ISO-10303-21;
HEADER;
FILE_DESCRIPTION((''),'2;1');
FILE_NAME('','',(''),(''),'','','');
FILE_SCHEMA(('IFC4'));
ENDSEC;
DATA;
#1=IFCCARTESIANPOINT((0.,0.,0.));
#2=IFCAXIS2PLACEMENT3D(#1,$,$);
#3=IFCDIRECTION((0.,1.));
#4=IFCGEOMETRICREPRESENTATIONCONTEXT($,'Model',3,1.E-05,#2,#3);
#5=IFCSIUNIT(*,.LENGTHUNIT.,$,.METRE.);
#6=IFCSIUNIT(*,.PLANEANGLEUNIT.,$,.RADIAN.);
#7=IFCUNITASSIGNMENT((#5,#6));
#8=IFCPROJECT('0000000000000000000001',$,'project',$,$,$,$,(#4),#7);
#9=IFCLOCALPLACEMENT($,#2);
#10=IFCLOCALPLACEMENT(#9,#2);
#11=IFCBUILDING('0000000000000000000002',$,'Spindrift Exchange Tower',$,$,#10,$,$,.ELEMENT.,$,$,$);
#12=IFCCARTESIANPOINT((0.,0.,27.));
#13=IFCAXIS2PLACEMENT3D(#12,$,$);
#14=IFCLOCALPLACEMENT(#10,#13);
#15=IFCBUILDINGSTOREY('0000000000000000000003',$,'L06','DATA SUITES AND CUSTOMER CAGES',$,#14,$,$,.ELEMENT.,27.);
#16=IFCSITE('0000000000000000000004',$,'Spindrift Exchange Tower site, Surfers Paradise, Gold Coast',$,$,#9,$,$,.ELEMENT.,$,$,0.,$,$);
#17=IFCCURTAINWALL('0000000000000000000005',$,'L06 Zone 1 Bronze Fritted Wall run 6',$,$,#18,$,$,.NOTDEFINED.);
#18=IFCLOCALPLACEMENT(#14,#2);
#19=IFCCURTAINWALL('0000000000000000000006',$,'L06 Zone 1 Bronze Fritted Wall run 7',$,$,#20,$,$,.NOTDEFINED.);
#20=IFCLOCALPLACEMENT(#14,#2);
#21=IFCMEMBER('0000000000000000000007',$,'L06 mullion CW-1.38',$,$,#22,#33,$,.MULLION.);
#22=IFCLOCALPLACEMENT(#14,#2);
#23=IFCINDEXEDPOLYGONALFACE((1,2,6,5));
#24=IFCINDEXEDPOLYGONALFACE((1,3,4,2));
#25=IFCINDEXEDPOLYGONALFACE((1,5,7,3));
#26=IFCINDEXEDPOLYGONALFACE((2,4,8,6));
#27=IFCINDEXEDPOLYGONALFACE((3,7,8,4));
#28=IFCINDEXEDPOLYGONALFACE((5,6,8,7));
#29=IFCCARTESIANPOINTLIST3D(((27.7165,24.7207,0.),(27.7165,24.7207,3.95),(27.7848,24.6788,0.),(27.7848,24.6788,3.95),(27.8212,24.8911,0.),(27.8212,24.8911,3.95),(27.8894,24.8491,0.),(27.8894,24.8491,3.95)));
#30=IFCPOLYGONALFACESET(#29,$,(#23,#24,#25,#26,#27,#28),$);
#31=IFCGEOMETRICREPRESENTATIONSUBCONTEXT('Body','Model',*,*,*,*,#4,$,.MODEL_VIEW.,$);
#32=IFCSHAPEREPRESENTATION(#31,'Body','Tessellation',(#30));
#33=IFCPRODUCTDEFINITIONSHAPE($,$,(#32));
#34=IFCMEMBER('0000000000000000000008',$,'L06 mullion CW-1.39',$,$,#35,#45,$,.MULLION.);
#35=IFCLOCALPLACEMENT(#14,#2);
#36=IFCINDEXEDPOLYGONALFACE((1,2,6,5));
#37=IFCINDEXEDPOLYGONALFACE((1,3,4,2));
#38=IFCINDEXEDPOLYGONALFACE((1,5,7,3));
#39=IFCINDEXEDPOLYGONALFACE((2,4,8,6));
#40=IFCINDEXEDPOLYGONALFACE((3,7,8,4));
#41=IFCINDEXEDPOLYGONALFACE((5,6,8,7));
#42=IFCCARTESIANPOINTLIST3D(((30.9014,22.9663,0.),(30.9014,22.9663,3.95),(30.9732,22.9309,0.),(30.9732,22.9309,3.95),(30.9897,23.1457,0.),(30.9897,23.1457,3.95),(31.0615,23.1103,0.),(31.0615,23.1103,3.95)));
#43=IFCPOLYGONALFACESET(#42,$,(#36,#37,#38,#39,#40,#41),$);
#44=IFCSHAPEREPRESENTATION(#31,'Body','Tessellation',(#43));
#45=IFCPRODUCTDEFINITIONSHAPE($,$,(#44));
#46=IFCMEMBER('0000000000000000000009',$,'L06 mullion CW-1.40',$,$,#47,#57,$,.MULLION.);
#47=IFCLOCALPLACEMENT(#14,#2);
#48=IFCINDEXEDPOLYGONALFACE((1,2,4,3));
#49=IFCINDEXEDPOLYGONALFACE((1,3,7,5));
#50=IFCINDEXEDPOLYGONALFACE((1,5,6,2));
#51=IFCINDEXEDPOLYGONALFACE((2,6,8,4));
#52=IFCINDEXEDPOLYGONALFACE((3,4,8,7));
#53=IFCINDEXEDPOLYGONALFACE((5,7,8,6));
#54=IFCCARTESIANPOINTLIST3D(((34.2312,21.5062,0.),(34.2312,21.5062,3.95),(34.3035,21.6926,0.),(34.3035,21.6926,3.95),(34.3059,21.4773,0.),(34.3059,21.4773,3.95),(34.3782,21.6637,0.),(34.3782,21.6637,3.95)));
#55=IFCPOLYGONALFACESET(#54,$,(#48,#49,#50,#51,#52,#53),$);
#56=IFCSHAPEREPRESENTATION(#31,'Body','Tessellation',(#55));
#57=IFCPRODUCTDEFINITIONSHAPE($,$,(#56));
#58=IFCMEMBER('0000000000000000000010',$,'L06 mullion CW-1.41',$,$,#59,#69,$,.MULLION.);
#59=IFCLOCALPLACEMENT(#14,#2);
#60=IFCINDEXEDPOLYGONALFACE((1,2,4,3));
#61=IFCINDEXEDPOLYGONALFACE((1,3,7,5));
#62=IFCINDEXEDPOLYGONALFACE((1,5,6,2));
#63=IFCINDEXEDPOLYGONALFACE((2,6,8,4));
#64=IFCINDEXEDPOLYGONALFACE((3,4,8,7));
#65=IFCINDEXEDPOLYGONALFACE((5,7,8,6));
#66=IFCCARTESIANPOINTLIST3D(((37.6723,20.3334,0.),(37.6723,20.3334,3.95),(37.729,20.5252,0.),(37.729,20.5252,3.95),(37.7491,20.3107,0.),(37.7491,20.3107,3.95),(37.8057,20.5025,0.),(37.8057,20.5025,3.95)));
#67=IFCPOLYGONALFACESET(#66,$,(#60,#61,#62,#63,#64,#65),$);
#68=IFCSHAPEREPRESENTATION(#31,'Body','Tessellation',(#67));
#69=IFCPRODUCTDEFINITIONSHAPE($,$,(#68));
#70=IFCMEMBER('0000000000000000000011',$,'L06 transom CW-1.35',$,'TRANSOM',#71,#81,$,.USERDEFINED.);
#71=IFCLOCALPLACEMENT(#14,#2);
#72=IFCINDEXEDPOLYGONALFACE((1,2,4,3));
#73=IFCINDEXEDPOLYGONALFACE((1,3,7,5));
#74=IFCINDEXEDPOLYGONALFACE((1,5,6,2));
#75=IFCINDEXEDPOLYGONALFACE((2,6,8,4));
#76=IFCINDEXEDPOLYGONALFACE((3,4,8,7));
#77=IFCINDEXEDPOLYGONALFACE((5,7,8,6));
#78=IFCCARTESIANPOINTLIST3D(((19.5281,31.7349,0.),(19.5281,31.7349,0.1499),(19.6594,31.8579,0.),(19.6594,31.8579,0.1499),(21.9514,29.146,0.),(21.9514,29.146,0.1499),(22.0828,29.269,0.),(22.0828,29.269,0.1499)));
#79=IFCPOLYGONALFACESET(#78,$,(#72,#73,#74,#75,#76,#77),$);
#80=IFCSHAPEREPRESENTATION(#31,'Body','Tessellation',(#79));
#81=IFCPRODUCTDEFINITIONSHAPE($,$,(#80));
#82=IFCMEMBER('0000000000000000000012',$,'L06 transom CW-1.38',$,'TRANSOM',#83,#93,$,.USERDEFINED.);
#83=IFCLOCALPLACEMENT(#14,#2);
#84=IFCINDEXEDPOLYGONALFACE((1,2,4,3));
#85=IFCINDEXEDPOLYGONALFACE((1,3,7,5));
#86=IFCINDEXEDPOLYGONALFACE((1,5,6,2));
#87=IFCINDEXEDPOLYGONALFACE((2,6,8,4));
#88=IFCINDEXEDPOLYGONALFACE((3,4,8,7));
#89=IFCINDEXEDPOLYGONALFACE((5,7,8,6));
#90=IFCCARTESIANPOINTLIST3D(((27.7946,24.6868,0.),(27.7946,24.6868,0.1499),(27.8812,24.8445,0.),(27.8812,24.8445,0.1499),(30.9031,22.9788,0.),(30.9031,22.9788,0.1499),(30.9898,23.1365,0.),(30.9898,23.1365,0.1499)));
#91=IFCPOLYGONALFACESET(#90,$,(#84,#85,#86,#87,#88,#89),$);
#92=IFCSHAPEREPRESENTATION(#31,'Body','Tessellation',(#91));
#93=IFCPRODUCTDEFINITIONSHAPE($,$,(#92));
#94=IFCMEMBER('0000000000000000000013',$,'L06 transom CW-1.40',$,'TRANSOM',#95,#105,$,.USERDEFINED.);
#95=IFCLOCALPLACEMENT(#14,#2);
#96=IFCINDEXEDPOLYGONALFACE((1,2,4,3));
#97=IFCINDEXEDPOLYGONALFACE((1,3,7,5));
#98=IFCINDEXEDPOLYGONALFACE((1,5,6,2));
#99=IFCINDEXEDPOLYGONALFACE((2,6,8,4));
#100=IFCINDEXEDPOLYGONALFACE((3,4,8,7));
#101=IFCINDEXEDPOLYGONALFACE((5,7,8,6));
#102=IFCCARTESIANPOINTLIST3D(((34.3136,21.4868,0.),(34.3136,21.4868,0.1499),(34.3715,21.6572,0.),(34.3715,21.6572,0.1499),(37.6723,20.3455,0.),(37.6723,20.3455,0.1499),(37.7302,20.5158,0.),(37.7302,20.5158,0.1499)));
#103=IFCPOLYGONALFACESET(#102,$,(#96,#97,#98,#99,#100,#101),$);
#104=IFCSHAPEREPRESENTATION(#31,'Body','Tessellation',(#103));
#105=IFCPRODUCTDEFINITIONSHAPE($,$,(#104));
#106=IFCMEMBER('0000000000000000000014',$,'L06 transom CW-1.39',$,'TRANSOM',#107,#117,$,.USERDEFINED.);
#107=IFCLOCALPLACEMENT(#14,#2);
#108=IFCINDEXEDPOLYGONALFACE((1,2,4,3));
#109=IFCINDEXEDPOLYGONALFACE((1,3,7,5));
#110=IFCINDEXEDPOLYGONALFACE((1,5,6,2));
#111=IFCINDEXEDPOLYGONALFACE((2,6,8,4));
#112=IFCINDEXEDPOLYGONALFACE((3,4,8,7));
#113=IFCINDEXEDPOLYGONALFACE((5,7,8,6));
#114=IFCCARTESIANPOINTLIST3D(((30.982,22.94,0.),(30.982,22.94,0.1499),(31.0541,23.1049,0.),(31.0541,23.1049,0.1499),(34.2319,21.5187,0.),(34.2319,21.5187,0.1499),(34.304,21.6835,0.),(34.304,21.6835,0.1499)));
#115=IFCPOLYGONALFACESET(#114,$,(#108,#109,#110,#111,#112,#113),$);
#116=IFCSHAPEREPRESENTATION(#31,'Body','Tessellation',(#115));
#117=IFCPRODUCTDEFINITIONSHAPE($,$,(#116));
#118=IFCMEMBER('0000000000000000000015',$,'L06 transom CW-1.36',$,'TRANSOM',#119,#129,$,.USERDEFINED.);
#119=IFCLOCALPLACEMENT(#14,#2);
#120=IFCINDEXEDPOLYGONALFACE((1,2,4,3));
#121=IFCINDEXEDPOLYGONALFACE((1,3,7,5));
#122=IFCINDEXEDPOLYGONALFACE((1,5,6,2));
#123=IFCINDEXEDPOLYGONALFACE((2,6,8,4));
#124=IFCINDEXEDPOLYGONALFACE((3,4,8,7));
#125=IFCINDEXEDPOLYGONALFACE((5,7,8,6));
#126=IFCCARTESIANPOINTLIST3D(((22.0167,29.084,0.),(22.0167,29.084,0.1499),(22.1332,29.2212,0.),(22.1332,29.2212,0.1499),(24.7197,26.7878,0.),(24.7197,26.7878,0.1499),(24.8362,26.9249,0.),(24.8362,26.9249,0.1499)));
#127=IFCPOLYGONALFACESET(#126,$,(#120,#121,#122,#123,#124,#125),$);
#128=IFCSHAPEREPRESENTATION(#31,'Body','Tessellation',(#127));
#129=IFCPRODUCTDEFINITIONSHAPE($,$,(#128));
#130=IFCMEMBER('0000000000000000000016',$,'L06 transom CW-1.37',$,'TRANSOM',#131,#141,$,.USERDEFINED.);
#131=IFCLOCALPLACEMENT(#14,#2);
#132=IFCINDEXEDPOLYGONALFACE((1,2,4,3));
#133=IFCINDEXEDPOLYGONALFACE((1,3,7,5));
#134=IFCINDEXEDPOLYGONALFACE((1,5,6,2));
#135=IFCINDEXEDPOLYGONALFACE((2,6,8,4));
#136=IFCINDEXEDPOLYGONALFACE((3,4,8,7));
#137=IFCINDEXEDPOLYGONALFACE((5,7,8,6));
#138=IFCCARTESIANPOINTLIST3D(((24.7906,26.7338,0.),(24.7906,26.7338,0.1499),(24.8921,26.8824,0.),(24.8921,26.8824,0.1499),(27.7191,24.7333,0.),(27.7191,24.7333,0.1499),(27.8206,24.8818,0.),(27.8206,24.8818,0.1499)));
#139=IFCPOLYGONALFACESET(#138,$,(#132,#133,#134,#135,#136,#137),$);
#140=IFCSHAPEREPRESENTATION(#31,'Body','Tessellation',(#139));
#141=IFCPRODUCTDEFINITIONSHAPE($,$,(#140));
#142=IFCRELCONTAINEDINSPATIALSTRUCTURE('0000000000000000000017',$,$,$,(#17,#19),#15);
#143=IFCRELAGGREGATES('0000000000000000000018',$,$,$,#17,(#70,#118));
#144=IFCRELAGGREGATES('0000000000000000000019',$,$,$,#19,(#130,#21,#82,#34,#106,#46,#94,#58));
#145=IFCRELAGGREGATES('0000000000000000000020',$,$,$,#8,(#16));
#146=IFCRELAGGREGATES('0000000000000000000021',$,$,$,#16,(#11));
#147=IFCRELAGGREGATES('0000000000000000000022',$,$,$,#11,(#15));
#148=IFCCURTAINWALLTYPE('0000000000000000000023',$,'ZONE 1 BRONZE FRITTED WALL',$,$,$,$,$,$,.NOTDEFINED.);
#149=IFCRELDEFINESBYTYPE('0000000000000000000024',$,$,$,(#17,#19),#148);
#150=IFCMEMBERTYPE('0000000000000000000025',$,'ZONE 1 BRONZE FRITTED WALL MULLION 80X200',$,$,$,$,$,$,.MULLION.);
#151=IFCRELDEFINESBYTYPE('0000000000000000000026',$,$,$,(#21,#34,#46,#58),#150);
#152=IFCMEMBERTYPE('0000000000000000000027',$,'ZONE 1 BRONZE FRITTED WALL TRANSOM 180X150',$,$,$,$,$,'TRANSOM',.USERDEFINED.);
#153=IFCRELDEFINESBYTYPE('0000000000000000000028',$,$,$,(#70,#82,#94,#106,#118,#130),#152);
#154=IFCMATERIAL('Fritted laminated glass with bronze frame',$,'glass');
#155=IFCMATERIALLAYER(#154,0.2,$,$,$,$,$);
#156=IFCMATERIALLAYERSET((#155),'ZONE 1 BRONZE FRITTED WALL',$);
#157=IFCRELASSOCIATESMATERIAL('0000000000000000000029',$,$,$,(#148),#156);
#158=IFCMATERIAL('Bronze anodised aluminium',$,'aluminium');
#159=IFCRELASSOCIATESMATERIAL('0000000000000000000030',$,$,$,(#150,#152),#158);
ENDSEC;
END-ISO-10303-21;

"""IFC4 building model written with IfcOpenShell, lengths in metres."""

from ifc_helpers import new_model, si_unit, direction, frame, origin, origin_2d, place, context, subcontext, project, spatial, rectangle, extrude, source, transform, mapped, material, layer, layer_set, material_profile, profile_set, type_object, element, aggregate, save


model = new_model("IFC4")

# Units and contexts
model_context = context("Model", 3, precision=1e-05, world=origin(), true_north=direction((0.0, 1.0)))
body_context = subcontext(model_context, "Body", "Model", "MODEL_VIEW")
ifc_project = project(units=[si_unit("LENGTHUNIT", "METRE"), si_unit("PLANEANGLEUNIT", "RADIAN")], contexts=[model_context])

# Site, building, storey
site_placement = place(None, origin())
site = spatial("IfcSite", under=ifc_project, at=site_placement, Name="Spindrift Exchange Tower site, Surfers Paradise, Gold Coast", CompositionType="ELEMENT", RefElevation=0.0)
building_placement = place(site_placement, origin())
building = spatial("IfcBuilding", under=site, at=building_placement, Name="Spindrift Exchange Tower", CompositionType="ELEMENT")
storey_placement = place(building_placement, frame((0.0, 0.0, 27.0)))
storey = spatial("IfcBuildingStorey", under=building, at=storey_placement, Name="L06", Description="DATA SUITES AND CUSTOMER CAGES", CompositionType="ELEMENT", Elevation=27.0)

# Curtain walls, members
ifc_material_1 = material(Name="Fritted laminated glass with bronze frame", Category="glass")
ifc_layer_1 = layer(ifc_material_1, 0.2)
ifc_layer_set_1 = layer_set([ifc_layer_1], Name="ZONE 1 BRONZE FRITTED WALL")
curtain_wall_type = type_object("IfcCurtainWallType", Name="ZONE 1 BRONZE FRITTED WALL", PredefinedType="NOTDEFINED", material=ifc_layer_set_1)
curtain_wall_1_placement = place(storey_placement, origin())
curtain_wall_1 = element("IfcCurtainWall", 1, at=curtain_wall_1_placement, inside=storey, type_object=curtain_wall_type, Name="L06 Zone 1 Bronze Fritted Wall run 6", PredefinedType="NOTDEFINED")
ifc_material_2 = material(Name="Bronze anodised aluminium", Category="aluminium")
ifc_material_profile_1 = material_profile(ifc_material_2, rectangle(XDim=0.0801, YDim=0.2, at=origin_2d()), Name="ZONE 1 BRONZE FRITTED WALL MULLION 80X200")
ifc_profile_set_1 = profile_set([ifc_material_profile_1], Name="Bronze anodised aluminium")
member_type_1 = type_object("IfcMemberType", Name="ZONE 1 BRONZE FRITTED WALL MULLION 80X200", PredefinedType="MULLION", material=ifc_profile_set_1)
shared_shape_1 = source(origin(), body_context, "Body", "SweptSolid", [
    extrude(rectangle(XDim=0.0801, YDim=0.2, at=origin_2d()), origin(), (0.0, 0.0, 1.0), 3.95),
])
curtain_wall_2_placement = place(storey_placement, origin())
curtain_wall_2 = element("IfcCurtainWall", 2, at=curtain_wall_2_placement, inside=storey, type_object=curtain_wall_type, Name="L06 Zone 1 Bronze Fritted Wall run 7", PredefinedType="NOTDEFINED")
member_1_placement = place(storey_placement, frame((27.803, 24.7849, 0.0), z_axis=(0.0, 0.0, 1.0), x_axis=(0.852073, -0.523422, 0.0)))
member_1 = element("IfcMember", 3, at=member_1_placement, type_object=member_type_1, Name="L06 mullion CW-1.38", PredefinedType="MULLION", context=body_context, shape_type="MappedRepresentation", body=[
    mapped(shared_shape_1, transform((0.0, 0.0, 0.0), scale=1.0)),
])
member_2_placement = place(storey_placement, frame((30.9814, 23.0383, 0.0), z_axis=(0.0, 0.0, 1.0), x_axis=(0.897216, -0.441592, 0.0)))
member_2 = element("IfcMember", 4, at=member_2_placement, type_object=member_type_1, Name="L06 mullion CW-1.39", PredefinedType="MULLION", context=body_context, shape_type="MappedRepresentation", body=[
    mapped(shared_shape_1, transform((0.0, 0.0, 0.0), scale=1.0)),
])
member_3_placement = place(storey_placement, frame((34.3047, 21.585, 0.0), z_axis=(0.0, 0.0, 1.0), x_axis=(0.932349, -0.361559, 0.0)))
member_3 = element("IfcMember", 5, at=member_3_placement, type_object=member_type_1, Name="L06 mullion CW-1.40", PredefinedType="MULLION", context=body_context, shape_type="MappedRepresentation", body=[
    mapped(shared_shape_1, transform((0.0, 0.0, 0.0), scale=1.0)),
])
member_4_placement = place(storey_placement, frame((37.739, 20.418, 0.0), z_axis=(0.0, 0.0, 1.0), x_axis=(0.958992, -0.283432, 0.0)))
member_4 = element("IfcMember", 6, at=member_4_placement, type_object=member_type_1, Name="L06 mullion CW-1.41", PredefinedType="MULLION", context=body_context, shape_type="MappedRepresentation", body=[
    mapped(shared_shape_1, transform((0.0, 0.0, 0.0), scale=1.0)),
])

# Members
ifc_material_profile_2 = material_profile(ifc_material_2, rectangle(XDim=0.1799, YDim=0.1499, at=origin_2d()), Name="ZONE 1 BRONZE FRITTED WALL TRANSOM 180X150")
ifc_profile_set_2 = profile_set([ifc_material_profile_2], Name="Bronze anodised aluminium")
member_type_2 = type_object("IfcMemberType", Name="ZONE 1 BRONZE FRITTED WALL TRANSOM 180X150", ElementType="TRANSOM", PredefinedType="USERDEFINED", material=ifc_profile_set_2)
shared_shape_2 = source(origin(), body_context, "Body", "SweptSolid", [
    extrude(rectangle(XDim=0.1799, YDim=0.1499, at=origin_2d()), origin(), (0.0, 0.0, 1.0), 3.5461),
])
member_5_placement = place(storey_placement, frame((19.5938, 31.7964, 0.075), z_axis=(0.683382, -0.730061, 0.0), x_axis=(0.730061, 0.683382, 0.0)))
member_5 = element("IfcMember", 7, at=member_5_placement, type_object=member_type_2, Name="L06 transom CW-1.35", ObjectType="TRANSOM", PredefinedType="USERDEFINED", context=body_context, shape_type="MappedRepresentation", body=[
    mapped(shared_shape_2, transform((0.0, 0.0, 0.0), scale=1.0)),
])
shared_shape_3 = source(origin(), body_context, "Body", "SweptSolid", [
    extrude(rectangle(XDim=0.1799, YDim=0.1499, at=origin_2d()), origin(), (0.0, 0.0, 1.0), 3.5469),
])
member_6_placement = place(storey_placement, frame((27.8379, 24.7656, 0.075), z_axis=(0.876424, -0.481541, 0.0), x_axis=(0.481541, 0.876424, 0.0)))
member_6 = element("IfcMember", 8, at=member_6_placement, type_object=member_type_2, Name="L06 transom CW-1.38", ObjectType="TRANSOM", PredefinedType="USERDEFINED", context=body_context, shape_type="MappedRepresentation", body=[
    mapped(shared_shape_3, transform((0.0, 0.0, 0.0), scale=1.0)),
])
shared_shape_4 = source(origin(), body_context, "Body", "SweptSolid", [
    extrude(rectangle(XDim=0.1799, YDim=0.1499, at=origin_2d()), origin(), (0.0, 0.0, 1.0), 3.5474),
])
member_7_placement = place(storey_placement, frame((34.3425, 21.572, 0.075), z_axis=(0.946823, -0.321756, 0.0), x_axis=(0.321756, 0.946823, 0.0)))
member_7 = element("IfcMember", 9, at=member_7_placement, type_object=member_type_2, Name="L06 transom CW-1.40", ObjectType="TRANSOM", PredefinedType="USERDEFINED", context=body_context, shape_type="MappedRepresentation", body=[
    mapped(shared_shape_4, transform((0.0, 0.0, 0.0), scale=1.0)),
])
shared_shape_5 = source(origin(), body_context, "Body", "SweptSolid", [
    extrude(rectangle(XDim=0.1799, YDim=0.1499, at=origin_2d()), origin(), (0.0, 0.0, 1.0), 3.5471),
])
member_8_placement = place(storey_placement, frame((31.0181, 23.0225, 0.075), z_axis=(0.916208, -0.400703, 0.0), x_axis=(0.400703, 0.916208, 0.0)))
member_8 = element("IfcMember", 10, at=member_8_placement, type_object=member_type_2, Name="L06 transom CW-1.39", ObjectType="TRANSOM", PredefinedType="USERDEFINED", context=body_context, shape_type="MappedRepresentation", body=[
    mapped(shared_shape_5, transform((0.0, 0.0, 0.0), scale=1.0)),
])
shared_shape_6 = source(origin(), body_context, "Body", "SweptSolid", [
    extrude(rectangle(XDim=0.1799, YDim=0.1499, at=origin_2d()), origin(), (0.0, 0.0, 1.0), 3.5466),
])
member_9_placement = place(storey_placement, frame((22.075, 29.1526, 0.075), z_axis=(0.762121, -0.647435, 0.0), x_axis=(0.647435, 0.762121, 0.0)))
member_9 = element("IfcMember", 11, at=member_9_placement, type_object=member_type_2, Name="L06 transom CW-1.36", ObjectType="TRANSOM", PredefinedType="USERDEFINED", context=body_context, shape_type="MappedRepresentation", body=[
    mapped(shared_shape_6, transform((0.0, 0.0, 0.0), scale=1.0)),
])
member_10_placement = place(storey_placement, frame((24.8413, 26.8081, 0.075), z_axis=(0.825727, -0.564069, 0.0), x_axis=(0.564069, 0.825727, 0.0)))
member_10 = element("IfcMember", 12, at=member_10_placement, type_object=member_type_2, Name="L06 transom CW-1.37", ObjectType="TRANSOM", PredefinedType="USERDEFINED", context=body_context, shape_type="MappedRepresentation", body=[
    mapped(shared_shape_6, transform((0.0, 0.0, 0.0), scale=1.0)),
])

aggregate(curtain_wall_1, [member_5, member_9])
aggregate(curtain_wall_2, [member_10, member_1, member_6, member_2, member_8, member_3, member_7, member_4])

save(model, "model.ifc")
